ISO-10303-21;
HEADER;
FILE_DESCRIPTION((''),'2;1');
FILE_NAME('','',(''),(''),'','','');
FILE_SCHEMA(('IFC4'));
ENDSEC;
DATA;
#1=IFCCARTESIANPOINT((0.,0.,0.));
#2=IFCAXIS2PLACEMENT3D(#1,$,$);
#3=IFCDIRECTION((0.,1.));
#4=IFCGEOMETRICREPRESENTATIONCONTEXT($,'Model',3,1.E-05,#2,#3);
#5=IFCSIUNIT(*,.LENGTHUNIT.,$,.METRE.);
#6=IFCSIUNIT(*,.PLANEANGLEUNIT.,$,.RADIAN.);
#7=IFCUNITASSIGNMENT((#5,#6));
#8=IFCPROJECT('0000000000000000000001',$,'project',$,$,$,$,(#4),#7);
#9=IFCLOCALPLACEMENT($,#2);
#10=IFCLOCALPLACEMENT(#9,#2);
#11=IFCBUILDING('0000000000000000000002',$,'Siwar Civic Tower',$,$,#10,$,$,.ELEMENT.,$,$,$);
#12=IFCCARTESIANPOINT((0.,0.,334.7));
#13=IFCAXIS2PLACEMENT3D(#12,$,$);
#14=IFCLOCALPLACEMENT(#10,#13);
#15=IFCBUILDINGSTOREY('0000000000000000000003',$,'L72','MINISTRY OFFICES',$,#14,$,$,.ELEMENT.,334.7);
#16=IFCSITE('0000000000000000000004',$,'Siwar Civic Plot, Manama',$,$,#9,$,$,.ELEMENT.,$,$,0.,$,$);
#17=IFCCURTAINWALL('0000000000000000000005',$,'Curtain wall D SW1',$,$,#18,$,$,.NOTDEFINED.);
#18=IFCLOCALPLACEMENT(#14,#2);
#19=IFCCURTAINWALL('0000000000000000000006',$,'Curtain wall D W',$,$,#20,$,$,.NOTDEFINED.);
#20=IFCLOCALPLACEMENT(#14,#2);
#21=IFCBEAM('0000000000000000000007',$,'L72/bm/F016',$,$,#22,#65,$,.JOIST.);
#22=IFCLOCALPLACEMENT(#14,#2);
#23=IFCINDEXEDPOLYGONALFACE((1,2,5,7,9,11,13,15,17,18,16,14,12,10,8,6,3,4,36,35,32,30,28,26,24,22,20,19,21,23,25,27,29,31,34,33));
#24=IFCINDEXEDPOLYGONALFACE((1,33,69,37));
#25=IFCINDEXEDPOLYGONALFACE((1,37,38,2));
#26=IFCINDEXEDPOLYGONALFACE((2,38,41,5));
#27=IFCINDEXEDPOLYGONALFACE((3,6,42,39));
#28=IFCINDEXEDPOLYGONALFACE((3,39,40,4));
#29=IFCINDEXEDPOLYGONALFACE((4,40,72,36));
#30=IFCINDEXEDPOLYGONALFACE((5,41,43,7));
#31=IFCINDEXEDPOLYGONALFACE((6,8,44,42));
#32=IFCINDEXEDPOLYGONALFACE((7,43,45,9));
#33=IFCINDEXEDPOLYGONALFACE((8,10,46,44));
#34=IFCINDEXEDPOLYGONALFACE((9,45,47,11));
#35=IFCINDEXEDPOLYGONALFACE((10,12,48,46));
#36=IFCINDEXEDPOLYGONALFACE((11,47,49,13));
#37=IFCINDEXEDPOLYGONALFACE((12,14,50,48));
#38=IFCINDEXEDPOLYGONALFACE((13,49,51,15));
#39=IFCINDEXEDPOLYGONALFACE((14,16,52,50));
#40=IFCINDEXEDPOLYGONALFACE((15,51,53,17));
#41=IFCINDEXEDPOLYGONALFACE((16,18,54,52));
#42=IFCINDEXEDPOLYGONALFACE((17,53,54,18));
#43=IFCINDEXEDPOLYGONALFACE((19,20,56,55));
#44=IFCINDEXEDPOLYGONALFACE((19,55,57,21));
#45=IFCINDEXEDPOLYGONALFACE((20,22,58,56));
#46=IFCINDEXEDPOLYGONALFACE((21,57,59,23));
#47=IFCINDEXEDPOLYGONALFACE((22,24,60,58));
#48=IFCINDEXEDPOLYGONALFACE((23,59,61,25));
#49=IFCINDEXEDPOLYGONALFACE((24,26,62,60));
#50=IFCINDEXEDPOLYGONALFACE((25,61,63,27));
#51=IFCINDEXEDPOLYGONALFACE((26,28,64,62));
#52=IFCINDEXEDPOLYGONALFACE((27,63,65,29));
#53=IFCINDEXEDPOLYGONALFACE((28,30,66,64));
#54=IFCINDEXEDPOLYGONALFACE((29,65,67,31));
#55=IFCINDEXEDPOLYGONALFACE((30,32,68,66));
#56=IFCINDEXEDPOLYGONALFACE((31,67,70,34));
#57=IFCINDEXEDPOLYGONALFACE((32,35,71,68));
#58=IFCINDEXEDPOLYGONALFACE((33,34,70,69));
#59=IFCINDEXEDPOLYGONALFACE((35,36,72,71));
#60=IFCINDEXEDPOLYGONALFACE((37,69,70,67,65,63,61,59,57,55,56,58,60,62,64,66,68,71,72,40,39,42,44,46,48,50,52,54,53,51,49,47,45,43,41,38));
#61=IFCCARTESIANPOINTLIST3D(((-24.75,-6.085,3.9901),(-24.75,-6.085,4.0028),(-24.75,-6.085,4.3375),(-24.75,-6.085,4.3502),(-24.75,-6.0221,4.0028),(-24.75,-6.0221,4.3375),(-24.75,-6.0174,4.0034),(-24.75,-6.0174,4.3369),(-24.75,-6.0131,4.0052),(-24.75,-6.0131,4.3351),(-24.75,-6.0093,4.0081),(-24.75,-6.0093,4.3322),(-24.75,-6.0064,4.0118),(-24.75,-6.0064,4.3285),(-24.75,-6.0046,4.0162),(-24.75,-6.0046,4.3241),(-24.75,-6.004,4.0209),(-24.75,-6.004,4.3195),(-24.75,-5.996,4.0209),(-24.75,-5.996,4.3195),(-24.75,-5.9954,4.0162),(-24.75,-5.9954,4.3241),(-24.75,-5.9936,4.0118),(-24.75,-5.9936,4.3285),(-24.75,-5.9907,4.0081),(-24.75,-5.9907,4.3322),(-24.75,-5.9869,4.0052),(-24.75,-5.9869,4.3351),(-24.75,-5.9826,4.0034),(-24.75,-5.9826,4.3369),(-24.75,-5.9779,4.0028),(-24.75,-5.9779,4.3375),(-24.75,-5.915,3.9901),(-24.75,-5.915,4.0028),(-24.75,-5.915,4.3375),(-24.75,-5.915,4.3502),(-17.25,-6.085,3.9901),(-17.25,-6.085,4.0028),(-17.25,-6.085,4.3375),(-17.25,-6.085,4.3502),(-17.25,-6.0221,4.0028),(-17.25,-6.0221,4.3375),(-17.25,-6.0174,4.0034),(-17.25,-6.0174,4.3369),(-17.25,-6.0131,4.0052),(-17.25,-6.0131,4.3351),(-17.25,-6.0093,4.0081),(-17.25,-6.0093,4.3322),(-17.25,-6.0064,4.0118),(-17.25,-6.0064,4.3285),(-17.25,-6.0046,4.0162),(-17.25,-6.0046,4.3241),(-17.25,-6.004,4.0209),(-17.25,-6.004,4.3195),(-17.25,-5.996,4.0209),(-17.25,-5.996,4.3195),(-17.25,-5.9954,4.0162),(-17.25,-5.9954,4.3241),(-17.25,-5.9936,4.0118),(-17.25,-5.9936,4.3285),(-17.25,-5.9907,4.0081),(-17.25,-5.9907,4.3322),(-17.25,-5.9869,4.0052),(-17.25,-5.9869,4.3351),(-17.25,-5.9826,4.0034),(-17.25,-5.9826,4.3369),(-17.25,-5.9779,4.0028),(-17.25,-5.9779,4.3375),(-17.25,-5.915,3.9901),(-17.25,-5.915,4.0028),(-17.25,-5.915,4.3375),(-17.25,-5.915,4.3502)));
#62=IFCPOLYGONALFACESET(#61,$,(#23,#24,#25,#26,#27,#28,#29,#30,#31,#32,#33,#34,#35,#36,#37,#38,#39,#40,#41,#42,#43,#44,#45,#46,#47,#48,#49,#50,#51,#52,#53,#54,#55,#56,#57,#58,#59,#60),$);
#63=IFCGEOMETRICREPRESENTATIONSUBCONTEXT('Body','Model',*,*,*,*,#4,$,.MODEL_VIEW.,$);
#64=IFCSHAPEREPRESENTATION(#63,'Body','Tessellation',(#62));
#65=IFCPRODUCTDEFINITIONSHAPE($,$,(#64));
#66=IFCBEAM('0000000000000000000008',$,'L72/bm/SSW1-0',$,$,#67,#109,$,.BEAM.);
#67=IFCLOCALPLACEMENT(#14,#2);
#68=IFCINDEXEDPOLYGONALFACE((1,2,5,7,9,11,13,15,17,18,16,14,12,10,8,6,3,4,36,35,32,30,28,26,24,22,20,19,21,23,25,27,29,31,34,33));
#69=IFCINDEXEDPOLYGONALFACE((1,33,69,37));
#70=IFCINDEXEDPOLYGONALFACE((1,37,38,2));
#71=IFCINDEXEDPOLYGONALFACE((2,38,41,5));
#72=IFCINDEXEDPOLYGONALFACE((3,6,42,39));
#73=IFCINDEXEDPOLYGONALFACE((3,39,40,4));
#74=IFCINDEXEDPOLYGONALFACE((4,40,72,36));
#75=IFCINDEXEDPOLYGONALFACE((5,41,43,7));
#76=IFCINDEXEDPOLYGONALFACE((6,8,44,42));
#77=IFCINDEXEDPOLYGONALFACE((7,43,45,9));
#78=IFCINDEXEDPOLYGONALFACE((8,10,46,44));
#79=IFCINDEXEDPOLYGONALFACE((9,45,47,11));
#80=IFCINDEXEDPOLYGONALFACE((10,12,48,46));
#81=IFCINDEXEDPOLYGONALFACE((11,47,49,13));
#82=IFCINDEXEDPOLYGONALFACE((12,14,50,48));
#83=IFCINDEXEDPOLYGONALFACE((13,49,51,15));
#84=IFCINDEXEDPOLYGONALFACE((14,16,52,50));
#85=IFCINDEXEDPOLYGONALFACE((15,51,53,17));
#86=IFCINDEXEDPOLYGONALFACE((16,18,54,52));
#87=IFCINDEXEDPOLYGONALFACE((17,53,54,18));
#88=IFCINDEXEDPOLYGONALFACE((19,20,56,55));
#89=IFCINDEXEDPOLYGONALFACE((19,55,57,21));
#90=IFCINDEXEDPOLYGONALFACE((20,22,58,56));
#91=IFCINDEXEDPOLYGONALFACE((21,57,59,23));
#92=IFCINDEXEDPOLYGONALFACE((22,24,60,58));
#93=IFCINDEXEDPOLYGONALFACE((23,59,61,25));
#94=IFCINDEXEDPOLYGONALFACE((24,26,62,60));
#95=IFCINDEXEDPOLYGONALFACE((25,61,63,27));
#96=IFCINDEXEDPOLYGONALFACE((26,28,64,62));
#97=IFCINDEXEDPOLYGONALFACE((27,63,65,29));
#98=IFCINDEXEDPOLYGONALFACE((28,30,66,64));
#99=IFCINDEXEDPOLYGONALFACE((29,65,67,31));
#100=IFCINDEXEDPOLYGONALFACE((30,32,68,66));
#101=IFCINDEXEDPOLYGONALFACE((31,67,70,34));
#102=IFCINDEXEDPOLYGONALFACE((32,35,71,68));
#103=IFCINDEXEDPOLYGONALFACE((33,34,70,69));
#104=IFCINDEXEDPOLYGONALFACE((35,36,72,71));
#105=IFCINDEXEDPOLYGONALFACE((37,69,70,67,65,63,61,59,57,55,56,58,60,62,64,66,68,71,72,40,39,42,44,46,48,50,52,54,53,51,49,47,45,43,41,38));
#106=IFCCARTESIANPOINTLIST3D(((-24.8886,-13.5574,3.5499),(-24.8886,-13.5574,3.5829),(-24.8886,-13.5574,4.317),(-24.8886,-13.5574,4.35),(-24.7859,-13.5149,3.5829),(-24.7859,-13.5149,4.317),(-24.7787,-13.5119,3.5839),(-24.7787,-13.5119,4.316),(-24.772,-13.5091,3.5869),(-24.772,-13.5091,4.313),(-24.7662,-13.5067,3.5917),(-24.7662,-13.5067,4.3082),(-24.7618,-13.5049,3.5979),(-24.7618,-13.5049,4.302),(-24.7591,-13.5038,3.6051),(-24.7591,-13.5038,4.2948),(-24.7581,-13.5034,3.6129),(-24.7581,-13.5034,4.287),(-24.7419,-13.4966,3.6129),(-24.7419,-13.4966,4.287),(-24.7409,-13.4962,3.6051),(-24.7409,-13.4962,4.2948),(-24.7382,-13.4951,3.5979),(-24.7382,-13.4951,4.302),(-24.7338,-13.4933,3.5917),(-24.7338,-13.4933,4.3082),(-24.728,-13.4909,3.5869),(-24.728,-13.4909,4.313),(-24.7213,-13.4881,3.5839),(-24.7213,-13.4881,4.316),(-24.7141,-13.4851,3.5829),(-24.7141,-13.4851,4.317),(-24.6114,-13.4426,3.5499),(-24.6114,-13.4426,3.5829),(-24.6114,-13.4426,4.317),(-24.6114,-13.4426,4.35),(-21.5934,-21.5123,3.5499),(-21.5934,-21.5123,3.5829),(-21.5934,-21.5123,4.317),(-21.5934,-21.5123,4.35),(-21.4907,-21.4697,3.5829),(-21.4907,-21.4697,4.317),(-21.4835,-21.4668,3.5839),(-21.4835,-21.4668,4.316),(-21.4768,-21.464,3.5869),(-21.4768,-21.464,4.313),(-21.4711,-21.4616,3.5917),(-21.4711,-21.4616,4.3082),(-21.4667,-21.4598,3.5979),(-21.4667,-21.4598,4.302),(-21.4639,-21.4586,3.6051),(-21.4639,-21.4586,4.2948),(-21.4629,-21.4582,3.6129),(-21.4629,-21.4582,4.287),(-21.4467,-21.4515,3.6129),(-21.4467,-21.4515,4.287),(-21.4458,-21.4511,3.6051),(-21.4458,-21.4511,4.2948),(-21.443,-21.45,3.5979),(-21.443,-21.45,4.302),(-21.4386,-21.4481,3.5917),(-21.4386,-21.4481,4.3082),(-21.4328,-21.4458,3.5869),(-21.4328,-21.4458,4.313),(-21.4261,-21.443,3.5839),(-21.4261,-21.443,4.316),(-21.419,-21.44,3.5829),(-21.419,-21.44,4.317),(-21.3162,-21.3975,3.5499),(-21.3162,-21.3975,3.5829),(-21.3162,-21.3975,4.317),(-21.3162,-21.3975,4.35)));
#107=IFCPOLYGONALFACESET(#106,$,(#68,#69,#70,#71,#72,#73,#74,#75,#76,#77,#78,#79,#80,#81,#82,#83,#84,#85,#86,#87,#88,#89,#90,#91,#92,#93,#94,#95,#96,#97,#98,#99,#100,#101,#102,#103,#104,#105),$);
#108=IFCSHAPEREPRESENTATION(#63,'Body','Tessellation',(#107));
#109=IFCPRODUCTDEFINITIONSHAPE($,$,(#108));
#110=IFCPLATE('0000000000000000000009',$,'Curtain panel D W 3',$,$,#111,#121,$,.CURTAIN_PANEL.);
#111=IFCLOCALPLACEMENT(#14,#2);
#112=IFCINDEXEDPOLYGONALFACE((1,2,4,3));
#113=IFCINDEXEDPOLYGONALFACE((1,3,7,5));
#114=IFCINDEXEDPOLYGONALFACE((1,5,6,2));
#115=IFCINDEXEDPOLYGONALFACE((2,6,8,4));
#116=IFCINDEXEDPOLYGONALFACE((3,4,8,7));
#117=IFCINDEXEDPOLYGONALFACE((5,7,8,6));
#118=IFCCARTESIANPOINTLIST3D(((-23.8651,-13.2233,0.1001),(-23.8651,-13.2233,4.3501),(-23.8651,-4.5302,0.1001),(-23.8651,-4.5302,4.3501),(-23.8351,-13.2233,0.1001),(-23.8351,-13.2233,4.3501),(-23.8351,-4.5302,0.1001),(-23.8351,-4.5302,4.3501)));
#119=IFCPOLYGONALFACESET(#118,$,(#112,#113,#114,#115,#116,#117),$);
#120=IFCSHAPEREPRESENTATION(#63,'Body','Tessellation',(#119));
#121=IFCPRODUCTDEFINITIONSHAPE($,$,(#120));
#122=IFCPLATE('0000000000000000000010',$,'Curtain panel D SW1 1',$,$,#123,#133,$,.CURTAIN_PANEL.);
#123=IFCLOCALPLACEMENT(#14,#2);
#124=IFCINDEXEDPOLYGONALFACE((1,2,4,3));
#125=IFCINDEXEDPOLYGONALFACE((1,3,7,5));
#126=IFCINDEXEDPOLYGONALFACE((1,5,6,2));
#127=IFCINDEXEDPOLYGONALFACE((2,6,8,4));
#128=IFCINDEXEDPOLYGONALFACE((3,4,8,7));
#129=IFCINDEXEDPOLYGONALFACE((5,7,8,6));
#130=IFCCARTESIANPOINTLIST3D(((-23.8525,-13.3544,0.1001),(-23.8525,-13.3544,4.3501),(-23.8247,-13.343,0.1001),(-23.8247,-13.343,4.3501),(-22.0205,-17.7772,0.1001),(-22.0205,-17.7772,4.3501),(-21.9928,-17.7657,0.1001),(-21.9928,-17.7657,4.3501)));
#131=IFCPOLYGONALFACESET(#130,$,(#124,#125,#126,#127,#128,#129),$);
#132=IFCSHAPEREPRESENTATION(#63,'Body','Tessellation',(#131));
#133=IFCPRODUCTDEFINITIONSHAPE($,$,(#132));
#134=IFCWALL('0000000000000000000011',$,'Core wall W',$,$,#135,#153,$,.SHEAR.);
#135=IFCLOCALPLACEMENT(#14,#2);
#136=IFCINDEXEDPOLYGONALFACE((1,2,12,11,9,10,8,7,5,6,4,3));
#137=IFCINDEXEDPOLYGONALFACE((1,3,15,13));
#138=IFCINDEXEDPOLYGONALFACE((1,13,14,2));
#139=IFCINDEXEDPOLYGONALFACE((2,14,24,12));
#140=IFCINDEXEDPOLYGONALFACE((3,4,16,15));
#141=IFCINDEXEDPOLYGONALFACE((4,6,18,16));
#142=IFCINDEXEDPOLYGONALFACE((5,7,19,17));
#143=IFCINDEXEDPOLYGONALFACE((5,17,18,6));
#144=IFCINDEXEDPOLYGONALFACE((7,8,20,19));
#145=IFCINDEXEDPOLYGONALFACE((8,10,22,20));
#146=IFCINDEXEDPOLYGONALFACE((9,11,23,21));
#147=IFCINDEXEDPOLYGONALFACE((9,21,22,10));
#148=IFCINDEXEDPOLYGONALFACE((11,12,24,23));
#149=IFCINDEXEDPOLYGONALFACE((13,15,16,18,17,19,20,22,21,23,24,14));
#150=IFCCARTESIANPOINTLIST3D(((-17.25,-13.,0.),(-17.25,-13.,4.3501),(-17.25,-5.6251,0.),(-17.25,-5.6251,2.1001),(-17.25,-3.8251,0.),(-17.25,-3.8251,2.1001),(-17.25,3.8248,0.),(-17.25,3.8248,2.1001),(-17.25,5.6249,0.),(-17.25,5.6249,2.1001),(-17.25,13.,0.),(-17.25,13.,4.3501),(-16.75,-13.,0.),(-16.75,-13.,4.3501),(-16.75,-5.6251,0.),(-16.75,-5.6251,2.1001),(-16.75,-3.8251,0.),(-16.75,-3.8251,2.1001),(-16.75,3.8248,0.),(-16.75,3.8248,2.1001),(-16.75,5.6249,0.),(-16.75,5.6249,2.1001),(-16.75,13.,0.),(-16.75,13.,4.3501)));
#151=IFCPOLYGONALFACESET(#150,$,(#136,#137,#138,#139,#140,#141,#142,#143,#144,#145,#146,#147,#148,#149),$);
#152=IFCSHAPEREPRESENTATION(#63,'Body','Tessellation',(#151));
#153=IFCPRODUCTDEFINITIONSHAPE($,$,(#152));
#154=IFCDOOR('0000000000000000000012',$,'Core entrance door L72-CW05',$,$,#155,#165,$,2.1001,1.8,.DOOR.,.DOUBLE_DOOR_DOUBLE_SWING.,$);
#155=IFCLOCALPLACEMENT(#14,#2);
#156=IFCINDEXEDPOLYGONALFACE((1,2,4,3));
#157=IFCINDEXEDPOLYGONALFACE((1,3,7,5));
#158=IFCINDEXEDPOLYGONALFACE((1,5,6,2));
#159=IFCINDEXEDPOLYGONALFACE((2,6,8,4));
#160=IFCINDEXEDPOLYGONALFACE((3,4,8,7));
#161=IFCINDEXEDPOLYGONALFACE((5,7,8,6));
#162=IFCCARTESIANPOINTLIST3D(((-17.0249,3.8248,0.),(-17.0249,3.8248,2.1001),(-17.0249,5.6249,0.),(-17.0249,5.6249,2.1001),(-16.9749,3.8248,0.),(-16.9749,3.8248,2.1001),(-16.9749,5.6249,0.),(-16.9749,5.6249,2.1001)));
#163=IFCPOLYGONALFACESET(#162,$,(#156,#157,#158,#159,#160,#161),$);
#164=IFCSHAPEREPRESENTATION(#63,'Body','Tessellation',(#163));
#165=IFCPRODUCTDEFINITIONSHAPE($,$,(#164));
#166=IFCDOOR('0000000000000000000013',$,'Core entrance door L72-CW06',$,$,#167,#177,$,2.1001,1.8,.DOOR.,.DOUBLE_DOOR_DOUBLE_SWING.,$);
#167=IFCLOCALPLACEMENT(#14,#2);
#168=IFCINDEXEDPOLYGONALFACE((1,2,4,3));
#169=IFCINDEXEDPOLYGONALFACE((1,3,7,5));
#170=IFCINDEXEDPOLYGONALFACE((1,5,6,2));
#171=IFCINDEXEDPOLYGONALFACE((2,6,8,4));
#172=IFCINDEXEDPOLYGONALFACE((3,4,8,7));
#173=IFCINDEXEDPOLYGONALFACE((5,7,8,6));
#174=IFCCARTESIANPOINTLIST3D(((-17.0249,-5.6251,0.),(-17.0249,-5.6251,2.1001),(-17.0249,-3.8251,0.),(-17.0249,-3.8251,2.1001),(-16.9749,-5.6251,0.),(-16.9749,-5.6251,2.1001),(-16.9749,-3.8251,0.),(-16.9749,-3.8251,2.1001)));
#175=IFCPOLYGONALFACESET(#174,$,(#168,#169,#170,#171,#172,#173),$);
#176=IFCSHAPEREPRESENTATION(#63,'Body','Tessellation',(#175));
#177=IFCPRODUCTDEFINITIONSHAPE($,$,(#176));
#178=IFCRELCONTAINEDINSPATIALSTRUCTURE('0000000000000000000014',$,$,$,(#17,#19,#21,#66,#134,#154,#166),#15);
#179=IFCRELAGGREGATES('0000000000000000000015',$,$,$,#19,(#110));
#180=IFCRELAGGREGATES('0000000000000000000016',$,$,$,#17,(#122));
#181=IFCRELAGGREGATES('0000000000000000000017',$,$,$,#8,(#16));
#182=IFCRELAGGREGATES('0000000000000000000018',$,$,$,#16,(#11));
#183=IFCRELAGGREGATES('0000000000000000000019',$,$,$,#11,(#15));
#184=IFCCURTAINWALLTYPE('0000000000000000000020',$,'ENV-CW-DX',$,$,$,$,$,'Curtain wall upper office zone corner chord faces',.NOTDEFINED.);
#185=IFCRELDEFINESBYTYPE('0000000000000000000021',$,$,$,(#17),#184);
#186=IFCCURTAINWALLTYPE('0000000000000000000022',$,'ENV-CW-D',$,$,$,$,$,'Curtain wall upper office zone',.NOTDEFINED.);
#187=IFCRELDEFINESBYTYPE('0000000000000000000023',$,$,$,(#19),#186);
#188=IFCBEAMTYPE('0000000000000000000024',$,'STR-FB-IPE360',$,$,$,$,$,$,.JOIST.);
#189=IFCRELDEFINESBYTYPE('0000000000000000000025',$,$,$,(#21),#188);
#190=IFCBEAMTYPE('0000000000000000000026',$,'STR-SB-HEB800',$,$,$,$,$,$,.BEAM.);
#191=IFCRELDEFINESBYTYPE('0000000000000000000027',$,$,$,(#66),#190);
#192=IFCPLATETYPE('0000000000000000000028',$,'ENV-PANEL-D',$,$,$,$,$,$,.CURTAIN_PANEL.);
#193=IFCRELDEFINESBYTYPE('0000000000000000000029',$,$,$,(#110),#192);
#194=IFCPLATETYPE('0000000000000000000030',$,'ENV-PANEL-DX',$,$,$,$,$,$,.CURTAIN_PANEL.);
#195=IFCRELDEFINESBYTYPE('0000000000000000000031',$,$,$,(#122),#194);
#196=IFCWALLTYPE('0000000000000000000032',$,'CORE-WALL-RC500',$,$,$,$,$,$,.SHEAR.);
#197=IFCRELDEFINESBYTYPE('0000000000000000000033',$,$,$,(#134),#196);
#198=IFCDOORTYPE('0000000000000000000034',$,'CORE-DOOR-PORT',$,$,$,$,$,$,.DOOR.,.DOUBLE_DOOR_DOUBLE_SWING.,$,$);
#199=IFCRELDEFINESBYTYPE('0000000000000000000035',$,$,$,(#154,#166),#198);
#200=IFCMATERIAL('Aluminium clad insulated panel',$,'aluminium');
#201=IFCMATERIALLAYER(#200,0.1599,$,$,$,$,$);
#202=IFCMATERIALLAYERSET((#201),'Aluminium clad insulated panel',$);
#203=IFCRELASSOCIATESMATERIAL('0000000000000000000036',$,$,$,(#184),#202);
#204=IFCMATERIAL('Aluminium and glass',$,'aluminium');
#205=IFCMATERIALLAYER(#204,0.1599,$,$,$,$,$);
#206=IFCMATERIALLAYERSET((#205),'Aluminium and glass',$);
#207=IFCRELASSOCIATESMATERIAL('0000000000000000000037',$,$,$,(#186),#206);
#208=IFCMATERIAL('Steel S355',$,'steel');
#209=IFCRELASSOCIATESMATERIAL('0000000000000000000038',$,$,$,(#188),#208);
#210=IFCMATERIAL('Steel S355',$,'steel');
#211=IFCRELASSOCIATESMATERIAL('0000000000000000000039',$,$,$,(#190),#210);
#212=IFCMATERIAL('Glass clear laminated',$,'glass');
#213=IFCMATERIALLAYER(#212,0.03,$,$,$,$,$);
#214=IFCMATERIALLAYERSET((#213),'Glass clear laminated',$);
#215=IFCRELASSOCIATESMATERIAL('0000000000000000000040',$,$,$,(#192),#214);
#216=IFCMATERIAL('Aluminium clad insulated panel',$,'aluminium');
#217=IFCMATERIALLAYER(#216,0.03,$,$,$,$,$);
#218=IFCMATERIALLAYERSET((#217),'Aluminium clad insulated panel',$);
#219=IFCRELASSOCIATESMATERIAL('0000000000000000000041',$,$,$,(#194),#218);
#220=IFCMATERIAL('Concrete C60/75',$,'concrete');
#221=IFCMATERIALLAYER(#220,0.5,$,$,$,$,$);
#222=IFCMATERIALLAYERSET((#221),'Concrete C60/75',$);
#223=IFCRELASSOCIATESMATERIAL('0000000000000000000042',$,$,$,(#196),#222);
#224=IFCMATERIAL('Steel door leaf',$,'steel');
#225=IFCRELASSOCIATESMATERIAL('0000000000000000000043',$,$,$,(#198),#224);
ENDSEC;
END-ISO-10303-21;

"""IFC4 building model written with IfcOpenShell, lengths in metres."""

from ifc_helpers import new_model, si_unit, direction, frame, frame_2d, origin, origin_2d, place, context, subcontext, project, spatial, rectangle, i_section, extrude, material, layer, layer_set, material_profile, profile_set, type_object, element, fill, aggregate, save


model = new_model("IFC4")

# Units and contexts
model_context = context("Model", 3, precision=1e-05, world=origin(), true_north=direction((0.0, 1.0)))
body_context = subcontext(model_context, "Body", "Model", "MODEL_VIEW")
ifc_project = project(units=[si_unit("LENGTHUNIT", "METRE"), si_unit("PLANEANGLEUNIT", "RADIAN")], contexts=[model_context])

# Site, building, storey
site_placement = place(None, origin())
site = spatial("IfcSite", under=ifc_project, at=site_placement, Name="Siwar Civic Plot, Manama", CompositionType="ELEMENT", RefElevation=0.0)
building_placement = place(site_placement, origin())
building = spatial("IfcBuilding", under=site, at=building_placement, Name="Siwar Civic Tower", CompositionType="ELEMENT")
storey_placement = place(building_placement, frame((0.0, 0.0, 334.7)))
storey = spatial("IfcBuildingStorey", under=building, at=storey_placement, Name="L72", Description="MINISTRY OFFICES", CompositionType="ELEMENT", Elevation=334.7)

# Curtain walls
ifc_material_1 = material(Name="Aluminium clad insulated panel", Category="aluminium")
ifc_layer_1 = layer(ifc_material_1, 0.1599)
ifc_layer_set_1 = layer_set([ifc_layer_1], Name="Aluminium clad insulated panel")
curtain_wall_type_1 = type_object("IfcCurtainWallType", Name="ENV-CW-DX", ElementType="Curtain wall upper office zone corner chord faces", PredefinedType="NOTDEFINED", material=ifc_layer_set_1)
curtain_wall_1_placement = place(storey_placement, origin())
curtain_wall_1 = element("IfcCurtainWall", 1, at=curtain_wall_1_placement, inside=storey, type_object=curtain_wall_type_1, Name="Curtain wall D SW1", PredefinedType="NOTDEFINED")
ifc_material_2 = material(Name="Aluminium and glass", Category="aluminium")
ifc_layer_2 = layer(ifc_material_2, 0.1599)
ifc_layer_set_2 = layer_set([ifc_layer_2], Name="Aluminium and glass")
curtain_wall_type_2 = type_object("IfcCurtainWallType", Name="ENV-CW-D", ElementType="Curtain wall upper office zone", PredefinedType="NOTDEFINED", material=ifc_layer_set_2)
curtain_wall_2_placement = place(storey_placement, origin())
curtain_wall_2 = element("IfcCurtainWall", 2, at=curtain_wall_2_placement, inside=storey, type_object=curtain_wall_type_2, Name="Curtain wall D W", PredefinedType="NOTDEFINED")

# Beams
ifc_material_3 = material(Name="Steel S355", Category="steel")
ifc_material_profile_1 = material_profile(ifc_material_3, i_section(OverallWidth=0.1699, OverallDepth=0.3601, WebThickness=0.0081, FlangeThickness=0.0127, FilletRadius=0.0181, at=origin_2d()), Name="IPE360")
ifc_profile_set_1 = profile_set([ifc_material_profile_1], Name="Steel S355")
beam_type_1 = type_object("IfcBeamType", Name="STR-FB-IPE360", PredefinedType="JOIST", material=ifc_profile_set_1)
for number, where, z_axis, x_axis, name in (
    (3, (-24.75, -6.0, 4.1702), (1.0, 0.0, 0.0), (0.0, 1.0, 0.0), "L72/bm/F016"),
):
    element("IfcBeam", number, at=place(storey_placement, frame(where, z_axis=z_axis, x_axis=x_axis)), inside=storey, type_object=beam_type_1, Name=name, PredefinedType="JOIST", context=body_context, shape_type="SweptSolid", body=[
        extrude(i_section(OverallWidth=0.1699, OverallDepth=0.3601, WebThickness=0.0081, FlangeThickness=0.0127, FilletRadius=0.0181, at=origin_2d()), origin(), (0.0, 0.0, 1.0), 7.5),
    ])
ifc_material_4 = material(Name="Steel S355", Category="steel")
ifc_material_profile_2 = material_profile(ifc_material_4, i_section(OverallWidth=0.3, OverallDepth=0.8, WebThickness=0.0176, FlangeThickness=0.033, FilletRadius=0.03, at=origin_2d()), Name="HEB800")
ifc_profile_set_2 = profile_set([ifc_material_profile_2], Name="Steel S355")
beam_type_2 = type_object("IfcBeamType", Name="STR-SB-HEB800", PredefinedType="BEAM", material=ifc_profile_set_2)
beam_1_placement = place(storey_placement, frame((-24.75, -13.5, 3.95), z_axis=(0.3827, -0.923873, 0.0), x_axis=(0.923873, 0.3827, 0.0)))
element("IfcBeam", 4, at=beam_1_placement, inside=storey, type_object=beam_type_2, Name="L72/bm/SSW1-0", PredefinedType="BEAM", context=body_context, shape_type="SweptSolid", body=[
    extrude(i_section(OverallWidth=0.3, OverallDepth=0.8, WebThickness=0.0176, FlangeThickness=0.033, FilletRadius=0.03, at=origin_2d()), origin(), (0.0, 0.0, 1.0), 8.6104),
])

# Plates
ifc_material_5 = material(Name="Glass clear laminated", Category="glass")
ifc_layer_3 = layer(ifc_material_5, 0.03)
ifc_layer_set_3 = layer_set([ifc_layer_3], Name="Glass clear laminated")
plate_type_1 = type_object("IfcPlateType", Name="ENV-PANEL-D", PredefinedType="CURTAIN_PANEL", material=ifc_layer_set_3)
plate_1_placement = place(storey_placement, frame((-23.8501, -8.8767, 0.1001), z_axis=(0.0, 0.0, 1.0), x_axis=(0.0, -1.0, 0.0)))
plate_1 = element("IfcPlate", 5, at=plate_1_placement, type_object=plate_type_1, Name="Curtain panel D W 3", PredefinedType="CURTAIN_PANEL", context=body_context, shape_type="SweptSolid", body=[
    extrude(rectangle(XDim=8.6931, YDim=0.03, at=origin_2d()), origin(), (0.0, 0.0, 1.0), 4.25),
])
aggregate(curtain_wall_2, [plate_1])
ifc_material_6 = material(Name="Aluminium clad insulated panel", Category="aluminium")
ifc_layer_4 = layer(ifc_material_6, 0.03)
ifc_layer_set_4 = layer_set([ifc_layer_4], Name="Aluminium clad insulated panel")
plate_type_2 = type_object("IfcPlateType", Name="ENV-PANEL-DX", PredefinedType="CURTAIN_PANEL", material=ifc_layer_set_4)
plate_2_placement = place(storey_placement, frame((-22.9226, -15.5601, 0.1001), z_axis=(0.0, 0.0, 1.0), x_axis=(0.382683, -0.92388, 0.0)))
plate_2 = element("IfcPlate", 6, at=plate_2_placement, type_object=plate_type_2, Name="Curtain panel D SW1 1", PredefinedType="CURTAIN_PANEL", context=body_context, shape_type="SweptSolid", body=[
    extrude(rectangle(XDim=4.7871, YDim=0.03, at=origin_2d()), origin(), (0.0, 0.0, 1.0), 4.25),
])
aggregate(curtain_wall_1, [plate_2])

# Wall, openings, doors
ifc_material_7 = material(Name="Concrete C60/75", Category="concrete")
ifc_layer_5 = layer(ifc_material_7, 0.5)
ifc_layer_set_5 = layer_set([ifc_layer_5], Name="Concrete C60/75")
wall_type_1 = type_object("IfcWallType", Name="CORE-WALL-RC500", PredefinedType="SHEAR", material=ifc_layer_set_5)
wall_1_placement = place(storey_placement, frame((-17.0, -13.0, 0.0), z_axis=(0.0, 0.0, 1.0), x_axis=(0.0, 1.0, 0.0)))
wall_1 = element("IfcWall", 7, at=wall_1_placement, inside=storey, type_object=wall_type_1, Name="Core wall W", PredefinedType="SHEAR", context=body_context, shape_type="SweptSolid", body=[
    extrude(rectangle(XDim=26.0, YDim=0.5, at=frame_2d((13.0, 0.0))), origin(), (0.0, 0.0, 1.0), 4.3501),
])
opening_1_placement = place(wall_1_placement, frame((16.825, 0.0, 0.0)))
opening_1 = element("IfcOpeningElement", 8, at=opening_1_placement, cuts=wall_1, PredefinedType="OPENING", context=body_context, shape_type="SweptSolid", body=[
    extrude(rectangle(XDim=1.8, YDim=2.1001, at=frame_2d((0.8999, 1.05))), frame((0.0, 0.26, 0.0), z_axis=(0.0, -1.0, 0.0), x_axis=(1.0, 0.0, 0.0)), (0.0, 0.0, 1.0), 0.52),
])
opening_2_placement = place(wall_1_placement, frame((7.375, 0.0, 0.0)))
opening_2 = element("IfcOpeningElement", 9, at=opening_2_placement, cuts=wall_1, PredefinedType="OPENING", context=body_context, shape_type="SweptSolid", body=[
    extrude(rectangle(XDim=1.8, YDim=2.1001, at=frame_2d((0.8999, 1.05))), frame((0.0, 0.26, 0.0), z_axis=(0.0, -1.0, 0.0), x_axis=(1.0, 0.0, 0.0)), (0.0, 0.0, 1.0), 0.52),
])
ifc_material_8 = material(Name="Steel door leaf", Category="steel")
door_type_1 = type_object("IfcDoorType", Name="CORE-DOOR-PORT", OperationType="DOUBLE_DOOR_DOUBLE_SWING", PredefinedType="DOOR", material=ifc_material_8)
door_1_placement = place(opening_1_placement, origin())
door_1 = element("IfcDoor", 10, at=door_1_placement, inside=storey, type_object=door_type_1, Name="Core entrance door L72-CW05", OperationType="DOUBLE_DOOR_DOUBLE_SWING", OverallHeight=2.1001, OverallWidth=1.8, PredefinedType="DOOR", context=body_context, shape_type="SweptSolid", body=[
    extrude(rectangle(XDim=1.8, YDim=2.1001, at=frame_2d((0.8999, 1.05))), frame((0.0, 0.0249, 0.0), z_axis=(0.0, -1.0, 0.0), x_axis=(1.0, 0.0, 0.0)), (0.0, 0.0, 1.0), 0.05),
])
fill(opening_1, door_1)
door_2_placement = place(opening_2_placement, origin())
door_2 = element("IfcDoor", 11, at=door_2_placement, inside=storey, type_object=door_type_1, Name="Core entrance door L72-CW06", OperationType="DOUBLE_DOOR_DOUBLE_SWING", OverallHeight=2.1001, OverallWidth=1.8, PredefinedType="DOOR", context=body_context, shape_type="SweptSolid", body=[
    extrude(rectangle(XDim=1.8, YDim=2.1001, at=frame_2d((0.8999, 1.05))), frame((0.0, 0.0249, 0.0), z_axis=(0.0, -1.0, 0.0), x_axis=(1.0, 0.0, 0.0)), (0.0, 0.0, 1.0), 0.05),
])
fill(opening_2, door_2)

save(model, "model.ifc")
